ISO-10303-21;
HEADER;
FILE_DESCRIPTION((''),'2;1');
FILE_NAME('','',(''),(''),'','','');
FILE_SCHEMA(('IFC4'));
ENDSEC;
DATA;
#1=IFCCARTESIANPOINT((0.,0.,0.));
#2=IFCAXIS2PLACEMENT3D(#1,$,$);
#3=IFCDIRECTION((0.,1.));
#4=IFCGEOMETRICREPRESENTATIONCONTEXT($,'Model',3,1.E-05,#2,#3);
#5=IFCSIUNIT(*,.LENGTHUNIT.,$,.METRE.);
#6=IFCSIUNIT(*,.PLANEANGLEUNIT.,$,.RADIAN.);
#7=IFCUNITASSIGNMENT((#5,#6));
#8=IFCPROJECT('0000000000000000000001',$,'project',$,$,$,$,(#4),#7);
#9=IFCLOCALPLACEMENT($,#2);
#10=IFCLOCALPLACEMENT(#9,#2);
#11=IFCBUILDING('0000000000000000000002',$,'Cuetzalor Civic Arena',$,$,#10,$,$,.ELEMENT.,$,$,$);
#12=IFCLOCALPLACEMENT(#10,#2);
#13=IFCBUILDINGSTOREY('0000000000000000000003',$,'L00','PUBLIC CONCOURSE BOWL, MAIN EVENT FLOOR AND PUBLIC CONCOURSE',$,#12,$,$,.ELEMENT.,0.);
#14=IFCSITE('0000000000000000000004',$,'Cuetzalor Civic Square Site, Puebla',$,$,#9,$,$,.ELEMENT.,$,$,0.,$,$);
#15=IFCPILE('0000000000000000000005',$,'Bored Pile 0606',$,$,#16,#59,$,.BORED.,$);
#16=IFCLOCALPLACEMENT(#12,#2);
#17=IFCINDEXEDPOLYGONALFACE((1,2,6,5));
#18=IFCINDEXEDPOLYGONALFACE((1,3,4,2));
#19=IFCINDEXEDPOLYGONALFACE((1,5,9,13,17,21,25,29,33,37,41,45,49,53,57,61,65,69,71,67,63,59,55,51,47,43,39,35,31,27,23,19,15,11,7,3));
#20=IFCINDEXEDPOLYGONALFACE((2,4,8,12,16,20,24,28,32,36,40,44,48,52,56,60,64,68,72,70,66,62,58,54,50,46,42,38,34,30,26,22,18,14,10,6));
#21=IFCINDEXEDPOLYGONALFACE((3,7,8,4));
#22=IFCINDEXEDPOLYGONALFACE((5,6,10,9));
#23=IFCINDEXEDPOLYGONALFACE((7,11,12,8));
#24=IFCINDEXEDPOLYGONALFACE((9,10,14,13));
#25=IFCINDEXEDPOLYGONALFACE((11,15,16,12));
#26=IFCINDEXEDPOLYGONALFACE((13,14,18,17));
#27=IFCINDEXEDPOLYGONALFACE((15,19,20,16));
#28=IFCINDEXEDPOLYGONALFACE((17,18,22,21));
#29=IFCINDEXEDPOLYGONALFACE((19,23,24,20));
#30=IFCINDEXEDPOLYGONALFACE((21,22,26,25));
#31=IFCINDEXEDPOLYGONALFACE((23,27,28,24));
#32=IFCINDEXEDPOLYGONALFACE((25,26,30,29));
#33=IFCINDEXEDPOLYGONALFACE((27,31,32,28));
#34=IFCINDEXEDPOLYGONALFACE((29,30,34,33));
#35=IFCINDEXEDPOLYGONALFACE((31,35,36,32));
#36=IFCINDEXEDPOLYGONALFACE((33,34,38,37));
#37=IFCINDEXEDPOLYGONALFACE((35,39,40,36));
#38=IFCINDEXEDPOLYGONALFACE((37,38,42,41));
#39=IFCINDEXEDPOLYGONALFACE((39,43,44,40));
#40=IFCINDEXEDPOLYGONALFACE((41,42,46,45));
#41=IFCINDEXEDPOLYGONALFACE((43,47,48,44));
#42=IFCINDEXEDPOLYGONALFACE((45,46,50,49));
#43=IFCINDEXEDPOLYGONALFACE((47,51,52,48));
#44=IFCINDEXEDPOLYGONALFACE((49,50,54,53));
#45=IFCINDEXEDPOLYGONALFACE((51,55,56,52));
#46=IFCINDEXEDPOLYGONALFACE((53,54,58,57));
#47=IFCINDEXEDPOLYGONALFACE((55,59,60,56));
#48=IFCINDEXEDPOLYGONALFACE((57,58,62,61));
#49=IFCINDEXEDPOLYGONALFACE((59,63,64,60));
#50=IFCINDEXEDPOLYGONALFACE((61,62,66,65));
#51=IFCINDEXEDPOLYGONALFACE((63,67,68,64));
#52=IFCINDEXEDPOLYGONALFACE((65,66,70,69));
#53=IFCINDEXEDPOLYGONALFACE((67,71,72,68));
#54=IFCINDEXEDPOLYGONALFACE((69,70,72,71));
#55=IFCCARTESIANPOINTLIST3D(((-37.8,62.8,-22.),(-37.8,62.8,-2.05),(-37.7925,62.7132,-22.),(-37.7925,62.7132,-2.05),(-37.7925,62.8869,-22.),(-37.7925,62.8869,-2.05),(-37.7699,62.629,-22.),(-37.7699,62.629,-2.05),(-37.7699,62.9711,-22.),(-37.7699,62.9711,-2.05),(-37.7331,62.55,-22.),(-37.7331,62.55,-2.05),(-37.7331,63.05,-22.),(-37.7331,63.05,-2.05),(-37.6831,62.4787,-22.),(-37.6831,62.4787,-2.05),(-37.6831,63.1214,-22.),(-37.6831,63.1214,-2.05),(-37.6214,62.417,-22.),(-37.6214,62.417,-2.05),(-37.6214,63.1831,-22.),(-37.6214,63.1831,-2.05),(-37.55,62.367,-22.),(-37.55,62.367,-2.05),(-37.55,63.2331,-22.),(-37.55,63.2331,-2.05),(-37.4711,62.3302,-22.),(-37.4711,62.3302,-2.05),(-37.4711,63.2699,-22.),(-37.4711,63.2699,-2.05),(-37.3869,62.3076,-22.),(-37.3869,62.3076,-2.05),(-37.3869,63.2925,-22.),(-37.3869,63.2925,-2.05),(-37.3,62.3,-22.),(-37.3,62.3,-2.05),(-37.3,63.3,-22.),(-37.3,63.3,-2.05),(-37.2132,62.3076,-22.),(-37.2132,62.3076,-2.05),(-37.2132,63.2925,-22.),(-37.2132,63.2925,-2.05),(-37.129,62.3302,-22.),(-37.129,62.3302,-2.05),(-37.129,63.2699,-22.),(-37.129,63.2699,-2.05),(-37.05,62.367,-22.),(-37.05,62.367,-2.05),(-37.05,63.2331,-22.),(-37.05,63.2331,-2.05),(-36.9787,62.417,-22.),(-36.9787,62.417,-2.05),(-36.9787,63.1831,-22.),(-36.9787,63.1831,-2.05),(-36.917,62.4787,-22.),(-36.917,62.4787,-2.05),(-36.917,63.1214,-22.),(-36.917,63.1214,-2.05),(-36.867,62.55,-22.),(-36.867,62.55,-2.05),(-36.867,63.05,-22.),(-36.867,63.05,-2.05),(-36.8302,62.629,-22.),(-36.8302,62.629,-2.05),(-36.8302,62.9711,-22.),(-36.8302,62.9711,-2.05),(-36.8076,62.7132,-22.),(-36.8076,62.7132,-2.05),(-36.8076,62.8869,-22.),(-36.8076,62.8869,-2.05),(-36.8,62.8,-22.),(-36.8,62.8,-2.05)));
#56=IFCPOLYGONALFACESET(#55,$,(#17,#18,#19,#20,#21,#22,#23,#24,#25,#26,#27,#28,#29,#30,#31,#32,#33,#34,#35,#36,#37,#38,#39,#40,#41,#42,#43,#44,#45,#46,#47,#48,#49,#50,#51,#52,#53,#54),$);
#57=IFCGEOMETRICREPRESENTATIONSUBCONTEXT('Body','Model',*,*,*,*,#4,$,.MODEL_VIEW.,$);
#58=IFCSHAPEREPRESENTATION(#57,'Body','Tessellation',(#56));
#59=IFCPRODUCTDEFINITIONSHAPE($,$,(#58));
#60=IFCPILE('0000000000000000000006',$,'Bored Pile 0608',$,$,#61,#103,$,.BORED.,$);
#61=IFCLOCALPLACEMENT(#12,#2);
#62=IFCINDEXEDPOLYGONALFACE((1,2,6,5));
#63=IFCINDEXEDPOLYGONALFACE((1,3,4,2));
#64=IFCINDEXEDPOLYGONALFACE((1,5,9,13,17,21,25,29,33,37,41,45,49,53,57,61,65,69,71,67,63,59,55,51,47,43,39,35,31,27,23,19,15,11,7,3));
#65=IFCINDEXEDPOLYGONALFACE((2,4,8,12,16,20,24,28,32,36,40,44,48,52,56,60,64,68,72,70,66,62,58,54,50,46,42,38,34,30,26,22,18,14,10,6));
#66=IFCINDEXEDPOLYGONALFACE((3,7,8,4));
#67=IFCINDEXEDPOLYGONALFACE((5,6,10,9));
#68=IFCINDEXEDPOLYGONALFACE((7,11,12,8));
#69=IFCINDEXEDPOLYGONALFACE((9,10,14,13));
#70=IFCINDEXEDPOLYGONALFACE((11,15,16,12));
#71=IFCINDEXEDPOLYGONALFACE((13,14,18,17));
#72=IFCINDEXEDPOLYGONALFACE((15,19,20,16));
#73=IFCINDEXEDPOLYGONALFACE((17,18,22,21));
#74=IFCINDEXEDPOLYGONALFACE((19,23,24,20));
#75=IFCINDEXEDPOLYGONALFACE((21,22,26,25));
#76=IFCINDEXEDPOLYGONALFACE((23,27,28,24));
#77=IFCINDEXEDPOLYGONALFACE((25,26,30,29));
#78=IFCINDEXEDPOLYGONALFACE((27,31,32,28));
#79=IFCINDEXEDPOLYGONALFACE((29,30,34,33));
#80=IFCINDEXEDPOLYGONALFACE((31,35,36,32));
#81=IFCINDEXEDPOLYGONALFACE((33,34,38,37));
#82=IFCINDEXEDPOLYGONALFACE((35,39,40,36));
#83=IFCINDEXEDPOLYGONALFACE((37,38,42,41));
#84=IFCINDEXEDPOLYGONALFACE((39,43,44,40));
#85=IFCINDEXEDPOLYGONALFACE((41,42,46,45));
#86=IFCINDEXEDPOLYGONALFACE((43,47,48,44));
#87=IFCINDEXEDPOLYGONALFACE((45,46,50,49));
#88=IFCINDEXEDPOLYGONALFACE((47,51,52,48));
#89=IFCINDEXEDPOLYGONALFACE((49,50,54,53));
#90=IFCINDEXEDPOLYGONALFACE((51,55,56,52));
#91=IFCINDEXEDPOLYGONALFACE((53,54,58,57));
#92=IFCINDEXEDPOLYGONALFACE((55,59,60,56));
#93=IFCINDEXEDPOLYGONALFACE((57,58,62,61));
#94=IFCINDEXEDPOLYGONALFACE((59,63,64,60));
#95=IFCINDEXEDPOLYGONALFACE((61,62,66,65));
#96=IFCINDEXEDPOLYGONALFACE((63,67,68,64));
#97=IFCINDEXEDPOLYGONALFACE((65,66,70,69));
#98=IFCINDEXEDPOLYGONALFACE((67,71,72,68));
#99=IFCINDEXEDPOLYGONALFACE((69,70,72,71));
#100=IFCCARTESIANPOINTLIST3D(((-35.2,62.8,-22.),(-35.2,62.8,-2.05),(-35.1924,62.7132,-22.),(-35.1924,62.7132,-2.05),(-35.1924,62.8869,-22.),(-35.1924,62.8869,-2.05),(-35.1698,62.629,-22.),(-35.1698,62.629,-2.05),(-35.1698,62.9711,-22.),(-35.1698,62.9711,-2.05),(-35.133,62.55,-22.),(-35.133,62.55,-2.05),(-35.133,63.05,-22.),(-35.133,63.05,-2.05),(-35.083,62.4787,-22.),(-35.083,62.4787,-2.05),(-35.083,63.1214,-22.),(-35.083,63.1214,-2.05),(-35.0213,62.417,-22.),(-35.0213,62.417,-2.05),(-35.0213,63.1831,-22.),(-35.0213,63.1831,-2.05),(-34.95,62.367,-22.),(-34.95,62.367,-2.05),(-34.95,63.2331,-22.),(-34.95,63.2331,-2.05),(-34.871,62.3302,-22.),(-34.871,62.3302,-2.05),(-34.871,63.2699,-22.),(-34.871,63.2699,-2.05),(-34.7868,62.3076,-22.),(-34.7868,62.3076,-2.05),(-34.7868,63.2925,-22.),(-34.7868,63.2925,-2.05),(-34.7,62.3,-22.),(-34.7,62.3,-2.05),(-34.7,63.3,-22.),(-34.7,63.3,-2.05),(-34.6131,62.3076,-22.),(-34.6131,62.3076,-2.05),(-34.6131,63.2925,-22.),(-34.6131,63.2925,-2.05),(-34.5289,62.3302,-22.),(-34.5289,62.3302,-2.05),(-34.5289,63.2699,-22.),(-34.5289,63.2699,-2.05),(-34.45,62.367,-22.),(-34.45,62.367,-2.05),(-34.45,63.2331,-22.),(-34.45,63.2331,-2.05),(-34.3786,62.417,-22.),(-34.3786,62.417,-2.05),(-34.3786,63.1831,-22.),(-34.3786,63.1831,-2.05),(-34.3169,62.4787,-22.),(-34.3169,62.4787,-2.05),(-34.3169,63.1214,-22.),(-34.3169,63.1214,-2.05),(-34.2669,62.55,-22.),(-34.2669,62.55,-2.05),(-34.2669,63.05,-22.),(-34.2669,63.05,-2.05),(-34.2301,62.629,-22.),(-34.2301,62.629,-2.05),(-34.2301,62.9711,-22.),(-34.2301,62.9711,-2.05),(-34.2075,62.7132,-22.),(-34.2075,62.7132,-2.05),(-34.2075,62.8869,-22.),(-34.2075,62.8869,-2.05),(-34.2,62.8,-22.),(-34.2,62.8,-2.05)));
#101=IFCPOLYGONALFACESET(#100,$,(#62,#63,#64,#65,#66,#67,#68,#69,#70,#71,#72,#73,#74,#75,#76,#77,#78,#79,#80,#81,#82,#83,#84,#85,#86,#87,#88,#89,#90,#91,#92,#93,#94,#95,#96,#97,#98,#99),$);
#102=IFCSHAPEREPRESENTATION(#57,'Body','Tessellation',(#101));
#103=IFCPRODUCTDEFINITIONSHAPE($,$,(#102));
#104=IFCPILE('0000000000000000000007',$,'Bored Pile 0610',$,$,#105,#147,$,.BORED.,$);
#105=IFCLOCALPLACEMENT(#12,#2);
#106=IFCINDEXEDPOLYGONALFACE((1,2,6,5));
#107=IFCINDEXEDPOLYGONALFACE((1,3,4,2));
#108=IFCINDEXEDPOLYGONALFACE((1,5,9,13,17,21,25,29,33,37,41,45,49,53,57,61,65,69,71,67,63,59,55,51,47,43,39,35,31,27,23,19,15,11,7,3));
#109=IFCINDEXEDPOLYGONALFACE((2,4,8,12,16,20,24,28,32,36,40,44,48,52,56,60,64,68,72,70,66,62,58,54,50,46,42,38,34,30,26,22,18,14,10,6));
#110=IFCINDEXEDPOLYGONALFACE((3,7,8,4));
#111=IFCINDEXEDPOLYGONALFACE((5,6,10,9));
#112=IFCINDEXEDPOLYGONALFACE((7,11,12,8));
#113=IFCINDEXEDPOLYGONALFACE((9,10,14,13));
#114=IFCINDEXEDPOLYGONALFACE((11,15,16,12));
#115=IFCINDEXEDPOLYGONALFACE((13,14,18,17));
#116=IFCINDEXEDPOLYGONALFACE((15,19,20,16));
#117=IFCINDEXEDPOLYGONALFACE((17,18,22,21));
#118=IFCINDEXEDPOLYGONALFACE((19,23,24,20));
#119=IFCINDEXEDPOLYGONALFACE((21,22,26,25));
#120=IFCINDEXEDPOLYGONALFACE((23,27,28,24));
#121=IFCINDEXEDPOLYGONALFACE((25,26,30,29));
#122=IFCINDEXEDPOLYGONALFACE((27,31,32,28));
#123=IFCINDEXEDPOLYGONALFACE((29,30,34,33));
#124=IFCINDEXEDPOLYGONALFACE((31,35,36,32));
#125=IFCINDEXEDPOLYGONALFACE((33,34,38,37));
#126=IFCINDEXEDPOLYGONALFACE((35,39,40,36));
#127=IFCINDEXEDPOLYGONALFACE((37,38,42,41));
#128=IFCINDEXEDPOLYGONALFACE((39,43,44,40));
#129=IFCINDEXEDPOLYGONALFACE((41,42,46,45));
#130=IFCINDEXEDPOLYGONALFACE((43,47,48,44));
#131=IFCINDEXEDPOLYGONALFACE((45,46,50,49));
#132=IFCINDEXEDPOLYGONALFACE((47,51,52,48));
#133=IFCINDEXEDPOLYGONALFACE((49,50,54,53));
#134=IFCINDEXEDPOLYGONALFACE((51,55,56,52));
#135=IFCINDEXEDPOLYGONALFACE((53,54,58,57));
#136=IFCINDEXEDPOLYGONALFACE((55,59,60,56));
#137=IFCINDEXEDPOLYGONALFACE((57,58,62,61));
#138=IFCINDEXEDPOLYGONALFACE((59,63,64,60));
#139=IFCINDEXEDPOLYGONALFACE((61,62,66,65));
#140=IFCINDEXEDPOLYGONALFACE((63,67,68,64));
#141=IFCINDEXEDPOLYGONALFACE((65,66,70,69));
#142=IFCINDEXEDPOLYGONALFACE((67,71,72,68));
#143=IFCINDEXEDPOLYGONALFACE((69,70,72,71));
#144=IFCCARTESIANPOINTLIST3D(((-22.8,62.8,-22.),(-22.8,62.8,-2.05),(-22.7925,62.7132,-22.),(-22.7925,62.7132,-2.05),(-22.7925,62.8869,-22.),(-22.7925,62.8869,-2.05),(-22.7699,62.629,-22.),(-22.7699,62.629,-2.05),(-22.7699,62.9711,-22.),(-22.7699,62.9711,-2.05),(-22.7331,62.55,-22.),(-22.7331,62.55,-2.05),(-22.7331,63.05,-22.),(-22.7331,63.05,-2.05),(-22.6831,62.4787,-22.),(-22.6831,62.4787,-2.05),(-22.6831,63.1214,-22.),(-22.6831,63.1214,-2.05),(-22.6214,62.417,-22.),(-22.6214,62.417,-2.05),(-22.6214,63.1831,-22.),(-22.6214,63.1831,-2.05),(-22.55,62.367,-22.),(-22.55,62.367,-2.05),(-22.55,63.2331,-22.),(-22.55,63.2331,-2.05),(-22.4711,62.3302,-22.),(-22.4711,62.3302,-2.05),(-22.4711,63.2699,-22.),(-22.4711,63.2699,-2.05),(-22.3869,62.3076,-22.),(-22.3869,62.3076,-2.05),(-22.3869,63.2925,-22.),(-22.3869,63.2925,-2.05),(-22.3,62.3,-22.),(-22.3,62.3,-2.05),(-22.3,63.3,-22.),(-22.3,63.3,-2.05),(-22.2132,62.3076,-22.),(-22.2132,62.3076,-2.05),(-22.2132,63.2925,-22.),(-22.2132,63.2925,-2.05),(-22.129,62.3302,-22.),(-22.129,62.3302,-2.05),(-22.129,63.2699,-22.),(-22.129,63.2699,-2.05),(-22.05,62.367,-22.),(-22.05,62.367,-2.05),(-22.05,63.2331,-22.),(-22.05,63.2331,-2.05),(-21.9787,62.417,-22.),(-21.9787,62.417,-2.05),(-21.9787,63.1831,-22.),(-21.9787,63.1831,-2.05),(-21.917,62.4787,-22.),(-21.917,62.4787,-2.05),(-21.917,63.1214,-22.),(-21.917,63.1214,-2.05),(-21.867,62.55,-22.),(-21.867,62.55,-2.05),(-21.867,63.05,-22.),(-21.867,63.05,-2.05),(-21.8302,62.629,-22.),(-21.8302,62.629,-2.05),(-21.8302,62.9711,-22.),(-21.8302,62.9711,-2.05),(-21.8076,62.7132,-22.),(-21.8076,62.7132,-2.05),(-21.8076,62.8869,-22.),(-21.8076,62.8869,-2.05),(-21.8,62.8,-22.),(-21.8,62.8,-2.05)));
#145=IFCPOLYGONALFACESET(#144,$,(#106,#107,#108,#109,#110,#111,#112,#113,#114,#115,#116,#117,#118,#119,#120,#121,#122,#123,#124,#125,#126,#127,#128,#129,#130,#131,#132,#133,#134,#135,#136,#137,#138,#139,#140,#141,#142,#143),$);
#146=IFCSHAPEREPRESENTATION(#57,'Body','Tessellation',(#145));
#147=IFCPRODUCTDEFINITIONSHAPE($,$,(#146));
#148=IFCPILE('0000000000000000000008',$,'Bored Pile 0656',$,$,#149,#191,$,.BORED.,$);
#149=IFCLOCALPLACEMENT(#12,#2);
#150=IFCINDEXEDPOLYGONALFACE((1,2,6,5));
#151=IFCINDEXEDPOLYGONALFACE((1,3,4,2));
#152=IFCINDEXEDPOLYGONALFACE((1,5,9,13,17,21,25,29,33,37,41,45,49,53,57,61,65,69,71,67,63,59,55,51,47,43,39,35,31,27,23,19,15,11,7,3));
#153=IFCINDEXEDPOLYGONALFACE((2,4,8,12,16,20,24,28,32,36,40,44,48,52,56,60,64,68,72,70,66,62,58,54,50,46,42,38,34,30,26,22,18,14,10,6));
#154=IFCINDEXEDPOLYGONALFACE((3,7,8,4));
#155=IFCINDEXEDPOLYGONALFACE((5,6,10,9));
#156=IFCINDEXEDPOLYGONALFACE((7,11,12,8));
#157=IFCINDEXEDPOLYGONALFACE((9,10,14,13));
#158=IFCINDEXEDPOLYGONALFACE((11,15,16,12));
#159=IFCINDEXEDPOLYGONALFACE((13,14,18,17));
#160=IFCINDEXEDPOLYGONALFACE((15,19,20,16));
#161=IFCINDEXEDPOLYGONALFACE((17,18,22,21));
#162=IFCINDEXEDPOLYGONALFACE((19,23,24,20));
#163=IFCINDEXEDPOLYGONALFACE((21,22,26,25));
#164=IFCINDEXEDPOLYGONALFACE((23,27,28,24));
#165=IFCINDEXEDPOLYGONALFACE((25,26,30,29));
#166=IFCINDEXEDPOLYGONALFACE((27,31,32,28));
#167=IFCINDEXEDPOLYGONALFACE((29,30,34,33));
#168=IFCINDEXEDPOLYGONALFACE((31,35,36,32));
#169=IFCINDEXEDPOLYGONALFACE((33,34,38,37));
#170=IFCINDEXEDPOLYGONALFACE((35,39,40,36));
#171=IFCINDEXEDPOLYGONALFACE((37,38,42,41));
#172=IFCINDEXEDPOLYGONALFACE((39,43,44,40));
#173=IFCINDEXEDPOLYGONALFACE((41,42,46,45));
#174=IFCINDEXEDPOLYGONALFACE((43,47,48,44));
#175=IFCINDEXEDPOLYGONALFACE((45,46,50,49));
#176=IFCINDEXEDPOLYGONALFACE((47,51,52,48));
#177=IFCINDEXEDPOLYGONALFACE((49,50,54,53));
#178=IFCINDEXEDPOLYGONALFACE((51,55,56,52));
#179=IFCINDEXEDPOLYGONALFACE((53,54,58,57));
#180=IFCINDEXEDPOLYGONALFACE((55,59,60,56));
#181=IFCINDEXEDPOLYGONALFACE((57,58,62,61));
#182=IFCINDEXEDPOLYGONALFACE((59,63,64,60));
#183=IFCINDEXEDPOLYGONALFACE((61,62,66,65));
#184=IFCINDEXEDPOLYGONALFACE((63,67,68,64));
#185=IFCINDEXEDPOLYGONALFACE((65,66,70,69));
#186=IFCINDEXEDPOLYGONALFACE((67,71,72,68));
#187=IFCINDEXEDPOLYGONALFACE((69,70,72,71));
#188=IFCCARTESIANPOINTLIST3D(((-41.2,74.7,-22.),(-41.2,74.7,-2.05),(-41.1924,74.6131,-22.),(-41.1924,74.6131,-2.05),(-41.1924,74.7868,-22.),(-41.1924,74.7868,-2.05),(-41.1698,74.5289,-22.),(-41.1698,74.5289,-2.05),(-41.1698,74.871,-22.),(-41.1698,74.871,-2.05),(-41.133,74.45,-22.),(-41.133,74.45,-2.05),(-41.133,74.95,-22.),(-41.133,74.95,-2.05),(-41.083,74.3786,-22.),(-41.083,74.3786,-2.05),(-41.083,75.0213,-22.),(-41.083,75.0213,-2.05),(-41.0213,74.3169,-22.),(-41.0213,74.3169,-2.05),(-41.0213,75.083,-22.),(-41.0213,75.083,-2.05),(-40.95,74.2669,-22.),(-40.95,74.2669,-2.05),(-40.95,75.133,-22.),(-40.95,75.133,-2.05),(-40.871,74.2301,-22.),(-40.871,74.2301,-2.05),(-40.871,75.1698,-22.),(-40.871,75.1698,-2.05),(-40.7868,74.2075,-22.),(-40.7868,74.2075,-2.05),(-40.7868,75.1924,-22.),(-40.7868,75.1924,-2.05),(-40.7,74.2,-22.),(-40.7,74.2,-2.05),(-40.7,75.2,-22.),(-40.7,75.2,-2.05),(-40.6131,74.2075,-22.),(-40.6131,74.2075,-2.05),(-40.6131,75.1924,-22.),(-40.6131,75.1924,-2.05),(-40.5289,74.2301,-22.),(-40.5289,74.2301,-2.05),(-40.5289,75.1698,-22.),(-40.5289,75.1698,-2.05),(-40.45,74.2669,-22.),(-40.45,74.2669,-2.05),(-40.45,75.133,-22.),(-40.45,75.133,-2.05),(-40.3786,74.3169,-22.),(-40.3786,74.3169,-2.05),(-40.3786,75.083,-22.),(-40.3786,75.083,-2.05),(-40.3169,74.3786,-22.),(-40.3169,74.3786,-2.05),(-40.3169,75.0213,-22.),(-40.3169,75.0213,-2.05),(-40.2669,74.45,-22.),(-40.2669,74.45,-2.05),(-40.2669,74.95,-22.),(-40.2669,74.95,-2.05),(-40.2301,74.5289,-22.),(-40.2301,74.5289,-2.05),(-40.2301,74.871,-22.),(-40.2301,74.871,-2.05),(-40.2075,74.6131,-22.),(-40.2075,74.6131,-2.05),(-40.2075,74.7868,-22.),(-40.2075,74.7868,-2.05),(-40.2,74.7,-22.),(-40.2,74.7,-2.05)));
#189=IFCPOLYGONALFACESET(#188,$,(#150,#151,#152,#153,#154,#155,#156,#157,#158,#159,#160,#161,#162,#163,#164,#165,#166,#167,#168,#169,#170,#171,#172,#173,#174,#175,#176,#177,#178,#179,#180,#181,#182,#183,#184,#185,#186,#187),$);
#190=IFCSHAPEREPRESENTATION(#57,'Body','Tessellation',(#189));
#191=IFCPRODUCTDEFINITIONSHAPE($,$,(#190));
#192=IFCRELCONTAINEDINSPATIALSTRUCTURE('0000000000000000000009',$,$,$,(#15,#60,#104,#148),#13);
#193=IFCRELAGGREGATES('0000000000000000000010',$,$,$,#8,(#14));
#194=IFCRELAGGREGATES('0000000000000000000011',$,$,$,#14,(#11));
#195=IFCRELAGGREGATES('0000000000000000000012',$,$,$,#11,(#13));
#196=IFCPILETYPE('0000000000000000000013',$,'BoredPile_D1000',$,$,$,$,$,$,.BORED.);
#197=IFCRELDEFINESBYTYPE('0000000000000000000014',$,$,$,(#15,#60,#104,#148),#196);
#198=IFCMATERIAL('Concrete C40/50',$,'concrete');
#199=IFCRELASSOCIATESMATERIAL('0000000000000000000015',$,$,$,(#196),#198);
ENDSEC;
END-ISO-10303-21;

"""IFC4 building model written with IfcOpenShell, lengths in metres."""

from ifc_helpers import new_model, si_unit, direction, frame, origin, origin_2d, place, context, subcontext, project, spatial, circle, extrude, material, material_profile, profile_set, type_object, element, save


model = new_model("IFC4")

# Units and contexts
model_context = context("Model", 3, precision=1e-05, world=origin(), true_north=direction((0.0, 1.0)))
body_context = subcontext(model_context, "Body", "Model", "MODEL_VIEW")
ifc_project = project(units=[si_unit("LENGTHUNIT", "METRE"), si_unit("PLANEANGLEUNIT", "RADIAN")], contexts=[model_context])

# Site, building, storey
site_placement = place(None, origin())
site = spatial("IfcSite", under=ifc_project, at=site_placement, Name="Cuetzalor Civic Square Site, Puebla", CompositionType="ELEMENT", RefElevation=0.0)
building_placement = place(site_placement, origin())
building = spatial("IfcBuilding", under=site, at=building_placement, Name="Cuetzalor Civic Arena", CompositionType="ELEMENT")
storey_placement = place(building_placement, origin())
storey = spatial("IfcBuildingStorey", under=building, at=storey_placement, Name="L00", Description="PUBLIC CONCOURSE BOWL, MAIN EVENT FLOOR AND PUBLIC CONCOURSE", CompositionType="ELEMENT", Elevation=0.0)

# Piles
ifc_material_1 = material(Name="Concrete C40/50", Category="concrete")
ifc_material_profile_1 = material_profile(ifc_material_1, circle(Radius=0.5, at=origin_2d()), Name="BORED PILE D1000")
ifc_profile_set_1 = profile_set([ifc_material_profile_1], Name="Concrete C40/50")
pile_type = type_object("IfcPileType", Name="BoredPile_D1000", PredefinedType="BORED", material=ifc_profile_set_1)
for number, where, z_axis, x_axis, name in (
    (1, (-37.3, 62.8, -2.05), (0.0, 0.0, -1.0), (1.0, 0.0, 0.0), "Bored Pile 0606"),
    (2, (-34.7, 62.8, -2.05), (0.0, 0.0, -1.0), (1.0, 0.0, 0.0), "Bored Pile 0608"),
    (3, (-22.3, 62.8, -2.05), (0.0, 0.0, -1.0), (1.0, 0.0, 0.0), "Bored Pile 0610"),
    (4, (-40.7, 74.7, -2.05), (0.0, 0.0, -1.0), (1.0, 0.0, 0.0), "Bored Pile 0656"),
):
    element("IfcPile", number, at=place(storey_placement, frame(where, z_axis=z_axis, x_axis=x_axis)), inside=storey, type_object=pile_type, Name=name, PredefinedType="BORED", context=body_context, shape_type="SweptSolid", body=[
        extrude(circle(Radius=0.5, at=origin_2d()), origin(), (0.0, 0.0, 1.0), 19.95),
    ])

save(model, "model.ifc")
